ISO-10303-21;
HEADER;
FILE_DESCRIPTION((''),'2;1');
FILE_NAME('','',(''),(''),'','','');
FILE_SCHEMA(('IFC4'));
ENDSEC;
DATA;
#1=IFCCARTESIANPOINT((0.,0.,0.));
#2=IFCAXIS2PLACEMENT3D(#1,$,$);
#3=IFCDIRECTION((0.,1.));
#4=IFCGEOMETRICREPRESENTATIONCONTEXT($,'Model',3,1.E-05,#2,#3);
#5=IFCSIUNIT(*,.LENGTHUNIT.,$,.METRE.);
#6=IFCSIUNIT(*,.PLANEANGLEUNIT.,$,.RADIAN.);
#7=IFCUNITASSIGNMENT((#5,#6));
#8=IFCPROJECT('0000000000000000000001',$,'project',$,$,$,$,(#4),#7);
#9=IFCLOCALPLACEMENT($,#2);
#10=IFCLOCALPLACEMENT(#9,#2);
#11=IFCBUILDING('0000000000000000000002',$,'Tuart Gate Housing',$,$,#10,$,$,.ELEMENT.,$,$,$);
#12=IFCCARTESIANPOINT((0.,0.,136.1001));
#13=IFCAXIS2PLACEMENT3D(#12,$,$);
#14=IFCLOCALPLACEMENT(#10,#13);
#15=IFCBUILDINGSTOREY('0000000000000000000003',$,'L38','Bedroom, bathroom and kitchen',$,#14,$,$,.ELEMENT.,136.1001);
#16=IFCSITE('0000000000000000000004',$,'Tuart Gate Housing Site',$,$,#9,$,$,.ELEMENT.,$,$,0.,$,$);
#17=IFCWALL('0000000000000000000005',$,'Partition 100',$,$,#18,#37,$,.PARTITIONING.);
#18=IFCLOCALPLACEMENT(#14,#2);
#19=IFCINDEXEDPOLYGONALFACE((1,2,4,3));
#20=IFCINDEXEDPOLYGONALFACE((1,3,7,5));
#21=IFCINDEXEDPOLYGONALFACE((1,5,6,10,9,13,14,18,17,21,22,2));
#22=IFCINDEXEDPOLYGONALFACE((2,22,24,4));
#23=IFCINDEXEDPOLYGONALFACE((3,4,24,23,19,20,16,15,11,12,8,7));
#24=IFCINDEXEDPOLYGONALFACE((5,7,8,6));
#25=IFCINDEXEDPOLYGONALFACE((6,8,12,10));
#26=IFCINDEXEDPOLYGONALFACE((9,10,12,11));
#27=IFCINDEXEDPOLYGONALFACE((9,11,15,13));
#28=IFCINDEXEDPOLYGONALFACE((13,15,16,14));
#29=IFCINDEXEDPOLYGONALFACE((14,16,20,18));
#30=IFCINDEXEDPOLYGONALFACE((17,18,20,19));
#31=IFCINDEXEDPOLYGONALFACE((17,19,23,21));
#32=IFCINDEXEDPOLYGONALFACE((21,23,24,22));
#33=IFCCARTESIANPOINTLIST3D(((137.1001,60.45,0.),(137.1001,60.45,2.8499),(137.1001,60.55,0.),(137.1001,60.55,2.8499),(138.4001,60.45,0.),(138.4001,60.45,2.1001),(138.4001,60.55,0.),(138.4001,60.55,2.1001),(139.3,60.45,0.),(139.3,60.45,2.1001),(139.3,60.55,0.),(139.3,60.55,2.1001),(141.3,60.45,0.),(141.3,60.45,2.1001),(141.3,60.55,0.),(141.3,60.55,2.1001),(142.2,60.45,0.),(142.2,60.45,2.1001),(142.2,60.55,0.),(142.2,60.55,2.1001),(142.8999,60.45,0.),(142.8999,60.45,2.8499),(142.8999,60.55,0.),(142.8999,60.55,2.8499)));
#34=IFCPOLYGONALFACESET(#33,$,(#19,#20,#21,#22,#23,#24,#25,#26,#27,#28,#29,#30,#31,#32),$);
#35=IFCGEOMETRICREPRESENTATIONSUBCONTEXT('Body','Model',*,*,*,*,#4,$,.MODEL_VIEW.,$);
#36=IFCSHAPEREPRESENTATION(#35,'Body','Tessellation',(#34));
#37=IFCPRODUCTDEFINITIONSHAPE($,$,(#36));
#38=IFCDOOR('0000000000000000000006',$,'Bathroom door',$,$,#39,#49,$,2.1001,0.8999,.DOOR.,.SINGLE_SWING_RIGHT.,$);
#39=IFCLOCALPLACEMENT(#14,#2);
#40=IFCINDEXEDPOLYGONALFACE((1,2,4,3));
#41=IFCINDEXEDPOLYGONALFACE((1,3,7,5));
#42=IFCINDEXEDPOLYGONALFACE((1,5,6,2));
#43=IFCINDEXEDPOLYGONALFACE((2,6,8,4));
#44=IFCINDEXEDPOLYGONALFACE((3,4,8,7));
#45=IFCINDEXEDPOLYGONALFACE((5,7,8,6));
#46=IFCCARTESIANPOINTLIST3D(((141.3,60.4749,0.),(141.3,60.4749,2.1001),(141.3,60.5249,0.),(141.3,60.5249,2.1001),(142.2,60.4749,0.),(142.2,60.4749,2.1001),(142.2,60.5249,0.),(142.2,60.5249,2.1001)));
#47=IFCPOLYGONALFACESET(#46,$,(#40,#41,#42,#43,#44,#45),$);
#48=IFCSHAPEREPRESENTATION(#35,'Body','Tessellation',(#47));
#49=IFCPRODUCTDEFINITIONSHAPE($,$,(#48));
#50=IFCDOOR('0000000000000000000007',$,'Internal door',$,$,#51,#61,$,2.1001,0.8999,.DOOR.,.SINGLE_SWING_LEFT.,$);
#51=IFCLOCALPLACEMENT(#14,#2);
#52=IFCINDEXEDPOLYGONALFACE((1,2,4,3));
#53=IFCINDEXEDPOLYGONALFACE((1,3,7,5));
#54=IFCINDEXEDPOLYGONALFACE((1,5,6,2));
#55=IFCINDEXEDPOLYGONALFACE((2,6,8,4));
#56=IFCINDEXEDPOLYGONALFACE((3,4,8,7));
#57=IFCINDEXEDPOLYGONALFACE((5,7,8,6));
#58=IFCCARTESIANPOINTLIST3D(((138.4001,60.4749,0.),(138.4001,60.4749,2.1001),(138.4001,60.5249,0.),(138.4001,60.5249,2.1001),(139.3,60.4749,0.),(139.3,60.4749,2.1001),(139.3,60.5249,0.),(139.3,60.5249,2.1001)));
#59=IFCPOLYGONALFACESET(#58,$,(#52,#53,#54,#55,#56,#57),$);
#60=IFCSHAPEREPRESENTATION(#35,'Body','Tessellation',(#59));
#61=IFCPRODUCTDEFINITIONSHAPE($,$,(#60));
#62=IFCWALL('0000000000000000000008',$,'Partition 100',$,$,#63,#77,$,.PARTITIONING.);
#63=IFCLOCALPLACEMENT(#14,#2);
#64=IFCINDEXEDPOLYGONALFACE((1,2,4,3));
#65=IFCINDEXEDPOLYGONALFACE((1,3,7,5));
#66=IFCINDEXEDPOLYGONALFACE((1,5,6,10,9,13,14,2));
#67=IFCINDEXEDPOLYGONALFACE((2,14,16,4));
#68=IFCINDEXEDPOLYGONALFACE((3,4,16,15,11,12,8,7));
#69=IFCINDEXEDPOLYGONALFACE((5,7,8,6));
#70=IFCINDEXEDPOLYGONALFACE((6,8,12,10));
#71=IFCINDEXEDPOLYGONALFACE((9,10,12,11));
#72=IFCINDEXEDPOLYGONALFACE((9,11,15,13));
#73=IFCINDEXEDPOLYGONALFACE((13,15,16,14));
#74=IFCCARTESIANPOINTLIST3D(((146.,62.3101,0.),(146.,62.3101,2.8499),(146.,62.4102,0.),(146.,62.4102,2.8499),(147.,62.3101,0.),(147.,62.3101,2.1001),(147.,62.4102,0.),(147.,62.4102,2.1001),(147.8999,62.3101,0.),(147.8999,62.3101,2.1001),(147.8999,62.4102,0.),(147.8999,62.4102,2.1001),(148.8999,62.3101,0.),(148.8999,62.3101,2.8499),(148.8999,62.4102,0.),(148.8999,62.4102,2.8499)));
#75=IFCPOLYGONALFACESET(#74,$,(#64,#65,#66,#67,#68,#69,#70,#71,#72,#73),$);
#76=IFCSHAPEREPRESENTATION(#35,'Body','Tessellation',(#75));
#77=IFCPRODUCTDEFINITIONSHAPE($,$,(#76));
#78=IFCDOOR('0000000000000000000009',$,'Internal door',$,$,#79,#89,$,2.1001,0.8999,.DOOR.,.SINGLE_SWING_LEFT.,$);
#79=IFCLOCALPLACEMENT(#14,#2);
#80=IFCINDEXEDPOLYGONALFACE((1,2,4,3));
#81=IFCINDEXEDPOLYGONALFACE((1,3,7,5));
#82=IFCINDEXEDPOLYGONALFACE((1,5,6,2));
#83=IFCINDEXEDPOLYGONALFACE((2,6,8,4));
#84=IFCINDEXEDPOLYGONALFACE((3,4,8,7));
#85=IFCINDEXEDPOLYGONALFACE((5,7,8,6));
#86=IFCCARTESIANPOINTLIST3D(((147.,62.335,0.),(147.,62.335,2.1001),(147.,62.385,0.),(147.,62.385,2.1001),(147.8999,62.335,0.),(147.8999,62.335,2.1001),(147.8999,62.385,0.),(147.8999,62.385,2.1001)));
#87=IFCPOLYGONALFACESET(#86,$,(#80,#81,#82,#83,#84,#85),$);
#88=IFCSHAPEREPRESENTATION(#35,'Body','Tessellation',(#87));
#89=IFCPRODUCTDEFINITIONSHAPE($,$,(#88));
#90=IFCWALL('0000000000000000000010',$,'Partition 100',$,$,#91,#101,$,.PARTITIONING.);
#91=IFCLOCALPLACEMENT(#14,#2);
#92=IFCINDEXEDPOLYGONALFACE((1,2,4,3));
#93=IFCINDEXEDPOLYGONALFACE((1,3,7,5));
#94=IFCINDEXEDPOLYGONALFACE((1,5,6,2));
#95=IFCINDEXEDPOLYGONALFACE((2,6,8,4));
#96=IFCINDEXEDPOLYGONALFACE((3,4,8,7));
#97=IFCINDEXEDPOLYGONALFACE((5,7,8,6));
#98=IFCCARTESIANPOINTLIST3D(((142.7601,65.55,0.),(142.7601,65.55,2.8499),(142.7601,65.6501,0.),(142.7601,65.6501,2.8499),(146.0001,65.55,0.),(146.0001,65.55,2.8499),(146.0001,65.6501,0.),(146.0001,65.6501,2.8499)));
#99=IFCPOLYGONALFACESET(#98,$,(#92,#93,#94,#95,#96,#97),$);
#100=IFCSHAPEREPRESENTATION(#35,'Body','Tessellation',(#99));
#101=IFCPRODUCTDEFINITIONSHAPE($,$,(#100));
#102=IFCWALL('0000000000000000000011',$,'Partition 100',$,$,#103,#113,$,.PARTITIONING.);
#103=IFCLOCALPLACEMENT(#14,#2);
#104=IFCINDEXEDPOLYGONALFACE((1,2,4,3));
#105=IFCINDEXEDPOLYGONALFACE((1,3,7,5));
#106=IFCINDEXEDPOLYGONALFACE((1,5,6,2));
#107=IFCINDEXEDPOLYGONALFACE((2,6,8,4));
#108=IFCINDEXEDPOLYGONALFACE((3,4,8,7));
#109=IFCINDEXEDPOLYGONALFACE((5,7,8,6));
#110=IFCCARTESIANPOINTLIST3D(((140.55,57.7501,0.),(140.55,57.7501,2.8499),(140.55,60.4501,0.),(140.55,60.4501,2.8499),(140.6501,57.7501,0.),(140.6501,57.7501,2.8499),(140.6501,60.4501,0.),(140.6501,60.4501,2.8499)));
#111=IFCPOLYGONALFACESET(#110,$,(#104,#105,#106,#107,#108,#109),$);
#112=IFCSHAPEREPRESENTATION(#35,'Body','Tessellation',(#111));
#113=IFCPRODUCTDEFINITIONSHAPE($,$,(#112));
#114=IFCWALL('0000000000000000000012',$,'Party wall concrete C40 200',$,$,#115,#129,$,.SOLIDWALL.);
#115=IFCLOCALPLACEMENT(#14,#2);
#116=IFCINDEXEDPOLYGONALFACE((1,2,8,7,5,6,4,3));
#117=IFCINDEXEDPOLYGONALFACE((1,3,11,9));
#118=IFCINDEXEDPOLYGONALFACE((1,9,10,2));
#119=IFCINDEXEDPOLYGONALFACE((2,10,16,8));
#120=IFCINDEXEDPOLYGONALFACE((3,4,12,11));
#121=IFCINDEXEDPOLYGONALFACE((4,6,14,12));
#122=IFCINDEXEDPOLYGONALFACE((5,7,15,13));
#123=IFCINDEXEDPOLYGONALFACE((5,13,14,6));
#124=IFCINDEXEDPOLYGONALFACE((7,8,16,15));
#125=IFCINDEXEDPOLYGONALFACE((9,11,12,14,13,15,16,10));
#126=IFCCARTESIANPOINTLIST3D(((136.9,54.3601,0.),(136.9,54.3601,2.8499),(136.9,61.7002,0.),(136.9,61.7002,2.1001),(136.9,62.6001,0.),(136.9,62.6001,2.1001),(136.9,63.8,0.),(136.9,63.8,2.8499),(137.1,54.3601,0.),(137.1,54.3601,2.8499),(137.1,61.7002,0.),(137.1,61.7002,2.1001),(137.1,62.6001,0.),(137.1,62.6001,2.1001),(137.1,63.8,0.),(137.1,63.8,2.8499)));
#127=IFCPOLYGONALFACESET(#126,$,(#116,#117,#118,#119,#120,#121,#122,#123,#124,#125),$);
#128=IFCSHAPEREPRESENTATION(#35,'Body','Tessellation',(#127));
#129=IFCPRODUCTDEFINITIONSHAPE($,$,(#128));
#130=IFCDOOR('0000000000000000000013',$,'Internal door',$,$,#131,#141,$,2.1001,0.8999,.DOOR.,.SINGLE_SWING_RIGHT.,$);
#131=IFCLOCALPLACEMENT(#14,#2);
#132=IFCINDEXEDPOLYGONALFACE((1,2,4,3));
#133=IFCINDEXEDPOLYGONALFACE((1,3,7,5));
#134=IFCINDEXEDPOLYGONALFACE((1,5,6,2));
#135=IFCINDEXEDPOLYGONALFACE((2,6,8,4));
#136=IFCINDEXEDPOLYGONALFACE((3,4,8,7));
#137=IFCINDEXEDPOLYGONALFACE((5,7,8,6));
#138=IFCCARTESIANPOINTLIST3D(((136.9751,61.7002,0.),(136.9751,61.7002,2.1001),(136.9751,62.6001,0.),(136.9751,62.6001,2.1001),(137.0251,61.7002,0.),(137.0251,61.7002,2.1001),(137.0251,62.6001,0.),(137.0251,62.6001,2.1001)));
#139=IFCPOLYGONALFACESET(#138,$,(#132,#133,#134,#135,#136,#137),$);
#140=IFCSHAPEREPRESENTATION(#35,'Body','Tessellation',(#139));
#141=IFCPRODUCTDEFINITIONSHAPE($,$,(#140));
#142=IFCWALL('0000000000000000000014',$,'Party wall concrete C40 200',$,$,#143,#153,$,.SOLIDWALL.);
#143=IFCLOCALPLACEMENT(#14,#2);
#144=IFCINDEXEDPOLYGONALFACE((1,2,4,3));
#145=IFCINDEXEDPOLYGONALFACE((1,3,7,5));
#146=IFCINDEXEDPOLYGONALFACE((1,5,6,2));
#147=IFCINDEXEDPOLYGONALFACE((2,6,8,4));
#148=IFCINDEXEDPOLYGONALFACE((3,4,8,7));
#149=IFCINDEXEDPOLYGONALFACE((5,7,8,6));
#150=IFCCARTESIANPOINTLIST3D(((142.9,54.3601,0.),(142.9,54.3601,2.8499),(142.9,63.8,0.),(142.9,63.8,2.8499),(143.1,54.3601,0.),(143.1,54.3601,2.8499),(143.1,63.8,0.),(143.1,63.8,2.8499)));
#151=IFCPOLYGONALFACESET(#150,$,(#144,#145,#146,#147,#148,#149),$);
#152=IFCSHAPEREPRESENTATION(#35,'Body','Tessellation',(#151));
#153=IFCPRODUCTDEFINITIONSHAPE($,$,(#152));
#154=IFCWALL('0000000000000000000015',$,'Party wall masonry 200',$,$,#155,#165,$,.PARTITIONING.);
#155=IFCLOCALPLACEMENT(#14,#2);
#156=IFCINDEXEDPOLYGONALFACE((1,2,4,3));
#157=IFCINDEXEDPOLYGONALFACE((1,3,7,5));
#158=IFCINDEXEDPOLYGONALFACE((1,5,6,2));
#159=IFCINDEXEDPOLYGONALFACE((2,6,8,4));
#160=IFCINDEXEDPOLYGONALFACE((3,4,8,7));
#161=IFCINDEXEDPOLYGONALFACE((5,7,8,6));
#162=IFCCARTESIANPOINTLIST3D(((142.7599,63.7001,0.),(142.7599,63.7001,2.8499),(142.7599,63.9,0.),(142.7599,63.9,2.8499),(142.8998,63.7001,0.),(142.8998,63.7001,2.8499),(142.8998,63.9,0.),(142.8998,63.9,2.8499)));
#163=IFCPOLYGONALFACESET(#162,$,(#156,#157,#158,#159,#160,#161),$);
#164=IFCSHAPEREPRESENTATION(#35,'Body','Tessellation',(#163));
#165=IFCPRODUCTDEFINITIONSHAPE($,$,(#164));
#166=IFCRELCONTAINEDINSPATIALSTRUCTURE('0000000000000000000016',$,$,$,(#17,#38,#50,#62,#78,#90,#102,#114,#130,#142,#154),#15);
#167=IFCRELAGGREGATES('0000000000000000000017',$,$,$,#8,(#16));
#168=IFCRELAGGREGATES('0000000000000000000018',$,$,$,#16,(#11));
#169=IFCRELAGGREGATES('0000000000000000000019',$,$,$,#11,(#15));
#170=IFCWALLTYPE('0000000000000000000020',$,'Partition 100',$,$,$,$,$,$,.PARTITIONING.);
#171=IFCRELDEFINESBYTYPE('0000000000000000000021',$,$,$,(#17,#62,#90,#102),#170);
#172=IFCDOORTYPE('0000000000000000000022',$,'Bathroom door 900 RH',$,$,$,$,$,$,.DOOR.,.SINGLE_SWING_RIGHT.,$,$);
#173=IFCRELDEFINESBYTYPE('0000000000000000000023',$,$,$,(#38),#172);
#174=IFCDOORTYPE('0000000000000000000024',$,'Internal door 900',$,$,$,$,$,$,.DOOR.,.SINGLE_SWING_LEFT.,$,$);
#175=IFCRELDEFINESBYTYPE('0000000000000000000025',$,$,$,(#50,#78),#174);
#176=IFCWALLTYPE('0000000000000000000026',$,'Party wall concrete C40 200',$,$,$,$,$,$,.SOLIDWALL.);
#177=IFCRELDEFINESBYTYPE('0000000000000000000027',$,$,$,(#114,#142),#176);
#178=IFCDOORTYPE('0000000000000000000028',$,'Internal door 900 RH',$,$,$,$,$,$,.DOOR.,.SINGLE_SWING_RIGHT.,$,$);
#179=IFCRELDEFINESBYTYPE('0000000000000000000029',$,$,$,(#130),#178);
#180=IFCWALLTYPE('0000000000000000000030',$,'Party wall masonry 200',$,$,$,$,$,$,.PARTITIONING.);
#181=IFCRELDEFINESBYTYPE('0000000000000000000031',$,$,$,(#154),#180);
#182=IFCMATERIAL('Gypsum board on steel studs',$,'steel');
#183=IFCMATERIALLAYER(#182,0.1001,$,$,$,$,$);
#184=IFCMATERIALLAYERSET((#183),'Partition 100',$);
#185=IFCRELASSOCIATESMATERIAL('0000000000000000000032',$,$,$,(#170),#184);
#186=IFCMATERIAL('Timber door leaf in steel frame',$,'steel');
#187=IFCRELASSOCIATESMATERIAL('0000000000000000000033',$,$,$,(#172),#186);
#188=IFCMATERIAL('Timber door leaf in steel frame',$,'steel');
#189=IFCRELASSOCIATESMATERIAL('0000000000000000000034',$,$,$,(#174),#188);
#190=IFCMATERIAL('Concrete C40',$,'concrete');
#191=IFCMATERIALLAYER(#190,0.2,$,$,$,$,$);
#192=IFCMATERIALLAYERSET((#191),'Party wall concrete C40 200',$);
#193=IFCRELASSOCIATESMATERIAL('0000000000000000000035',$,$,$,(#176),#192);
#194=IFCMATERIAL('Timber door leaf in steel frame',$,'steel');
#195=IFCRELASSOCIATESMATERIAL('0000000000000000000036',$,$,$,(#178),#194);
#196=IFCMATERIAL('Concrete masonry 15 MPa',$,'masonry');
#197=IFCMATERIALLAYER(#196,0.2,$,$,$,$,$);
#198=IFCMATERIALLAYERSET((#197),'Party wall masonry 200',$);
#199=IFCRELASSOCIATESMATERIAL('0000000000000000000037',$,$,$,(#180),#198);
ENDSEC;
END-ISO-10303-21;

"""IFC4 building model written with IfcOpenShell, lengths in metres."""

from ifc_helpers import new_model, si_unit, direction, frame, frame_2d, origin, place, context, subcontext, project, spatial, rectangle, extrude, material, layer, layer_set, type_object, element, fill, save


model = new_model("IFC4")

# Units and contexts
model_context = context("Model", 3, precision=1e-05, world=origin(), true_north=direction((0.0, 1.0)))
body_context = subcontext(model_context, "Body", "Model", "MODEL_VIEW")
ifc_project = project(units=[si_unit("LENGTHUNIT", "METRE"), si_unit("PLANEANGLEUNIT", "RADIAN")], contexts=[model_context])

# Site, building, storey
site_placement = place(None, origin())
site = spatial("IfcSite", under=ifc_project, at=site_placement, Name="Tuart Gate Housing Site", CompositionType="ELEMENT", RefElevation=0.0)
building_placement = place(site_placement, origin())
building = spatial("IfcBuilding", under=site, at=building_placement, Name="Tuart Gate Housing", CompositionType="ELEMENT")
storey_placement = place(building_placement, frame((0.0, 0.0, 136.1001)))
storey = spatial("IfcBuildingStorey", under=building, at=storey_placement, Name="L38", Description="Bedroom, bathroom and kitchen", CompositionType="ELEMENT", Elevation=136.1001)

# Shared definitions
ifc_material_1 = material(Name="Gypsum board on steel studs", Category="steel")
ifc_layer_1 = layer(ifc_material_1, 0.1001)
ifc_layer_set_1 = layer_set([ifc_layer_1], Name="Partition 100")
wall_type_1 = type_object("IfcWallType", Name="Partition 100", PredefinedType="PARTITIONING", material=ifc_layer_set_1)

# Wall, openings, doors
wall_1_placement = place(storey_placement, frame((137.1001, 60.5, 0.0), z_axis=(0.0, 0.0, 1.0), x_axis=(1.0, 0.0, 0.0)))
wall_1 = element("IfcWall", 1, at=wall_1_placement, inside=storey, type_object=wall_type_1, Name="Partition 100", PredefinedType="PARTITIONING", context=body_context, shape_type="SweptSolid", body=[
    extrude(rectangle(XDim=5.7998, YDim=0.1001, at=frame_2d((2.8999, 0.0))), origin(), (0.0, 0.0, 1.0), 2.8499),
])
opening_1_placement = place(wall_1_placement, frame((1.3, 0.0, 0.0)))
opening_1 = element("IfcOpeningElement", 2, at=opening_1_placement, cuts=wall_1, PredefinedType="OPENING", context=body_context, shape_type="SweptSolid", body=[
    extrude(rectangle(XDim=0.8999, YDim=2.1001, at=frame_2d((0.45, 1.05))), frame((0.0, 0.0601, 0.0), z_axis=(0.0, -1.0, 0.0), x_axis=(1.0, 0.0, 0.0)), (0.0, 0.0, 1.0), 0.1201),
])
opening_2_placement = place(wall_1_placement, frame((4.2, 0.0, 0.0)))
opening_2 = element("IfcOpeningElement", 3, at=opening_2_placement, cuts=wall_1, PredefinedType="OPENING", context=body_context, shape_type="SweptSolid", body=[
    extrude(rectangle(XDim=0.8999, YDim=2.1001, at=frame_2d((0.45, 1.05))), frame((0.0, 0.0601, 0.0), z_axis=(0.0, -1.0, 0.0), x_axis=(1.0, 0.0, 0.0)), (0.0, 0.0, 1.0), 0.1201),
])
ifc_material_2 = material(Name="Timber door leaf in steel frame", Category="steel")
door_type_1 = type_object("IfcDoorType", Name="Bathroom door 900 RH", OperationType="SINGLE_SWING_RIGHT", PredefinedType="DOOR", material=ifc_material_2)
door_1_placement = place(opening_2_placement, frame((0.8999, 0.0, 0.0), z_axis=(0.0, 0.0, 1.0), x_axis=(-1.0, 0.0, 0.0)))
door_1 = element("IfcDoor", 4, at=door_1_placement, inside=storey, type_object=door_type_1, Name="Bathroom door", OperationType="SINGLE_SWING_RIGHT", OverallHeight=2.1001, OverallWidth=0.8999, PredefinedType="DOOR", context=body_context, shape_type="SweptSolid", body=[
    extrude(rectangle(XDim=0.8999, YDim=2.1001, at=frame_2d((0.45, 1.05))), frame((0.0, 0.0251, 0.0), z_axis=(0.0, -1.0, 0.0), x_axis=(1.0, 0.0, 0.0)), (0.0, 0.0, 1.0), 0.05),
])
fill(opening_2, door_1)
ifc_material_3 = material(Name="Timber door leaf in steel frame", Category="steel")
door_type_2 = type_object("IfcDoorType", Name="Internal door 900", OperationType="SINGLE_SWING_LEFT", PredefinedType="DOOR", material=ifc_material_3)
door_2_placement = place(opening_1_placement, frame((0.8999, 0.0, 0.0), z_axis=(0.0, 0.0, 1.0), x_axis=(-1.0, 0.0, 0.0)))
door_2 = element("IfcDoor", 5, at=door_2_placement, inside=storey, type_object=door_type_2, Name="Internal door", OperationType="SINGLE_SWING_LEFT", OverallHeight=2.1001, OverallWidth=0.8999, PredefinedType="DOOR", context=body_context, shape_type="SweptSolid", body=[
    extrude(rectangle(XDim=0.8999, YDim=2.1001, at=frame_2d((0.45, 1.05))), frame((0.0, 0.0251, 0.0), z_axis=(0.0, -1.0, 0.0), x_axis=(1.0, 0.0, 0.0)), (0.0, 0.0, 1.0), 0.05),
])
fill(opening_1, door_2)

# Wall, opening, door
wall_2_placement = place(storey_placement, frame((146.0, 62.3601, 0.0), z_axis=(0.0, 0.0, 1.0), x_axis=(1.0, 0.0, 0.0)))
wall_2 = element("IfcWall", 6, at=wall_2_placement, inside=storey, type_object=wall_type_1, Name="Partition 100", PredefinedType="PARTITIONING", context=body_context, shape_type="SweptSolid", body=[
    extrude(rectangle(XDim=2.8999, YDim=0.1001, at=frame_2d((1.45, 0.0))), origin(), (0.0, 0.0, 1.0), 2.8499),
])
opening_3_placement = place(wall_2_placement, frame((1.0, 0.0, 0.0)))
opening_3 = element("IfcOpeningElement", 7, at=opening_3_placement, cuts=wall_2, PredefinedType="OPENING", context=body_context, shape_type="SweptSolid", body=[
    extrude(rectangle(XDim=0.8999, YDim=2.1001, at=frame_2d((0.45, 1.05))), frame((0.0, 0.0601, 0.0), z_axis=(0.0, -1.0, 0.0), x_axis=(1.0, 0.0, 0.0)), (0.0, 0.0, 1.0), 0.1201),
])
door_3_placement = place(opening_3_placement, origin())
door_3 = element("IfcDoor", 8, at=door_3_placement, inside=storey, type_object=door_type_2, Name="Internal door", OperationType="SINGLE_SWING_LEFT", OverallHeight=2.1001, OverallWidth=0.8999, PredefinedType="DOOR", context=body_context, shape_type="SweptSolid", body=[
    extrude(rectangle(XDim=0.8999, YDim=2.1001, at=frame_2d((0.45, 1.05))), frame((0.0, 0.0249, 0.0), z_axis=(0.0, -1.0, 0.0), x_axis=(1.0, 0.0, 0.0)), (0.0, 0.0, 1.0), 0.05),
])
fill(opening_3, door_3)

# Walls
wall_3_placement = place(storey_placement, frame((142.76, 65.6001, 0.0), z_axis=(0.0, 0.0, 1.0), x_axis=(1.0, 0.0, 0.0)))
element("IfcWall", 9, at=wall_3_placement, inside=storey, type_object=wall_type_1, Name="Partition 100", PredefinedType="PARTITIONING", context=body_context, shape_type="SweptSolid", body=[
    extrude(rectangle(XDim=3.24, YDim=0.1001, at=frame_2d((1.6201, 0.0))), origin(), (0.0, 0.0, 1.0), 2.8499),
])
wall_4_placement = place(storey_placement, frame((140.6001, 57.75, 0.0), z_axis=(0.0, 0.0, 1.0), x_axis=(0.0, 1.0, 0.0)))
element("IfcWall", 10, at=wall_4_placement, inside=storey, type_object=wall_type_1, Name="Partition 100", PredefinedType="PARTITIONING", context=body_context, shape_type="SweptSolid", body=[
    extrude(rectangle(XDim=2.7, YDim=0.1001, at=frame_2d((1.3501, 0.0))), origin(), (0.0, 0.0, 1.0), 2.8499),
])

# Wall, opening, door
ifc_material_4 = material(Name="Concrete C40", Category="concrete")
ifc_layer_2 = layer(ifc_material_4, 0.2)
ifc_layer_set_2 = layer_set([ifc_layer_2], Name="Party wall concrete C40 200")
wall_type_2 = type_object("IfcWallType", Name="Party wall concrete C40 200", PredefinedType="SOLIDWALL", material=ifc_layer_set_2)
wall_5_placement = place(storey_placement, frame((137.0, 54.3601, 0.0), z_axis=(0.0, 0.0, 1.0), x_axis=(0.0, 1.0, 0.0)))
wall_5 = element("IfcWall", 11, at=wall_5_placement, inside=storey, type_object=wall_type_2, Name="Party wall concrete C40 200", PredefinedType="SOLIDWALL", context=body_context, shape_type="SweptSolid", body=[
    extrude(rectangle(XDim=9.4399, YDim=0.2, at=frame_2d((4.72, 0.0))), origin(), (0.0, 0.0, 1.0), 2.8499),
])
opening_4_placement = place(wall_5_placement, frame((7.3401, 0.0, 0.0)))
opening_4 = element("IfcOpeningElement", 12, at=opening_4_placement, cuts=wall_5, PredefinedType="OPENING", context=body_context, shape_type="SweptSolid", body=[
    extrude(rectangle(XDim=0.8999, YDim=2.1001, at=frame_2d((0.45, 1.05))), frame((0.0, 0.1099, 0.0), z_axis=(0.0, -1.0, 0.0), x_axis=(1.0, 0.0, 0.0)), (0.0, 0.0, 1.0), 0.22),
])
ifc_material_5 = material(Name="Timber door leaf in steel frame", Category="steel")
door_type_3 = type_object("IfcDoorType", Name="Internal door 900 RH", OperationType="SINGLE_SWING_RIGHT", PredefinedType="DOOR", material=ifc_material_5)
door_4_placement = place(opening_4_placement, frame((0.8999, 0.0, 0.0), z_axis=(0.0, 0.0, 1.0), x_axis=(-1.0, 0.0, 0.0)))
door_4 = element("IfcDoor", 13, at=door_4_placement, inside=storey, type_object=door_type_3, Name="Internal door", OperationType="SINGLE_SWING_RIGHT", OverallHeight=2.1001, OverallWidth=0.8999, PredefinedType="DOOR", context=body_context, shape_type="SweptSolid", body=[
    extrude(rectangle(XDim=0.8999, YDim=2.1001, at=frame_2d((0.45, 1.05))), frame((0.0, 0.0251, 0.0), z_axis=(0.0, -1.0, 0.0), x_axis=(1.0, 0.0, 0.0)), (0.0, 0.0, 1.0), 0.05),
])
fill(opening_4, door_4)

# Walls
wall_6_placement = place(storey_placement, frame((143.0, 54.3601, 0.0), z_axis=(0.0, 0.0, 1.0), x_axis=(0.0, 1.0, 0.0)))
element("IfcWall", 14, at=wall_6_placement, inside=storey, type_object=wall_type_2, Name="Party wall concrete C40 200", PredefinedType="SOLIDWALL", context=body_context, shape_type="SweptSolid", body=[
    extrude(rectangle(XDim=9.4399, YDim=0.2, at=frame_2d((4.72, 0.0))), origin(), (0.0, 0.0, 1.0), 2.8499),
])
ifc_material_6 = material(Name="Concrete masonry 15 MPa", Category="masonry")
ifc_layer_3 = layer(ifc_material_6, 0.2)
ifc_layer_set_3 = layer_set([ifc_layer_3], Name="Party wall masonry 200")
wall_type_3 = type_object("IfcWallType", Name="Party wall masonry 200", PredefinedType="PARTITIONING", material=ifc_layer_set_3)
wall_7_placement = place(storey_placement, frame((142.76, 63.8, 0.0), z_axis=(0.0, 0.0, 1.0), x_axis=(1.0, 0.0, 0.0)))
element("IfcWall", 15, at=wall_7_placement, inside=storey, type_object=wall_type_3, Name="Party wall masonry 200", PredefinedType="PARTITIONING", context=body_context, shape_type="SweptSolid", body=[
    extrude(rectangle(XDim=0.1399, YDim=0.2, at=frame_2d((0.0698, 0.0))), origin(), (0.0, 0.0, 1.0), 2.8499),
])

save(model, "model.ifc")
